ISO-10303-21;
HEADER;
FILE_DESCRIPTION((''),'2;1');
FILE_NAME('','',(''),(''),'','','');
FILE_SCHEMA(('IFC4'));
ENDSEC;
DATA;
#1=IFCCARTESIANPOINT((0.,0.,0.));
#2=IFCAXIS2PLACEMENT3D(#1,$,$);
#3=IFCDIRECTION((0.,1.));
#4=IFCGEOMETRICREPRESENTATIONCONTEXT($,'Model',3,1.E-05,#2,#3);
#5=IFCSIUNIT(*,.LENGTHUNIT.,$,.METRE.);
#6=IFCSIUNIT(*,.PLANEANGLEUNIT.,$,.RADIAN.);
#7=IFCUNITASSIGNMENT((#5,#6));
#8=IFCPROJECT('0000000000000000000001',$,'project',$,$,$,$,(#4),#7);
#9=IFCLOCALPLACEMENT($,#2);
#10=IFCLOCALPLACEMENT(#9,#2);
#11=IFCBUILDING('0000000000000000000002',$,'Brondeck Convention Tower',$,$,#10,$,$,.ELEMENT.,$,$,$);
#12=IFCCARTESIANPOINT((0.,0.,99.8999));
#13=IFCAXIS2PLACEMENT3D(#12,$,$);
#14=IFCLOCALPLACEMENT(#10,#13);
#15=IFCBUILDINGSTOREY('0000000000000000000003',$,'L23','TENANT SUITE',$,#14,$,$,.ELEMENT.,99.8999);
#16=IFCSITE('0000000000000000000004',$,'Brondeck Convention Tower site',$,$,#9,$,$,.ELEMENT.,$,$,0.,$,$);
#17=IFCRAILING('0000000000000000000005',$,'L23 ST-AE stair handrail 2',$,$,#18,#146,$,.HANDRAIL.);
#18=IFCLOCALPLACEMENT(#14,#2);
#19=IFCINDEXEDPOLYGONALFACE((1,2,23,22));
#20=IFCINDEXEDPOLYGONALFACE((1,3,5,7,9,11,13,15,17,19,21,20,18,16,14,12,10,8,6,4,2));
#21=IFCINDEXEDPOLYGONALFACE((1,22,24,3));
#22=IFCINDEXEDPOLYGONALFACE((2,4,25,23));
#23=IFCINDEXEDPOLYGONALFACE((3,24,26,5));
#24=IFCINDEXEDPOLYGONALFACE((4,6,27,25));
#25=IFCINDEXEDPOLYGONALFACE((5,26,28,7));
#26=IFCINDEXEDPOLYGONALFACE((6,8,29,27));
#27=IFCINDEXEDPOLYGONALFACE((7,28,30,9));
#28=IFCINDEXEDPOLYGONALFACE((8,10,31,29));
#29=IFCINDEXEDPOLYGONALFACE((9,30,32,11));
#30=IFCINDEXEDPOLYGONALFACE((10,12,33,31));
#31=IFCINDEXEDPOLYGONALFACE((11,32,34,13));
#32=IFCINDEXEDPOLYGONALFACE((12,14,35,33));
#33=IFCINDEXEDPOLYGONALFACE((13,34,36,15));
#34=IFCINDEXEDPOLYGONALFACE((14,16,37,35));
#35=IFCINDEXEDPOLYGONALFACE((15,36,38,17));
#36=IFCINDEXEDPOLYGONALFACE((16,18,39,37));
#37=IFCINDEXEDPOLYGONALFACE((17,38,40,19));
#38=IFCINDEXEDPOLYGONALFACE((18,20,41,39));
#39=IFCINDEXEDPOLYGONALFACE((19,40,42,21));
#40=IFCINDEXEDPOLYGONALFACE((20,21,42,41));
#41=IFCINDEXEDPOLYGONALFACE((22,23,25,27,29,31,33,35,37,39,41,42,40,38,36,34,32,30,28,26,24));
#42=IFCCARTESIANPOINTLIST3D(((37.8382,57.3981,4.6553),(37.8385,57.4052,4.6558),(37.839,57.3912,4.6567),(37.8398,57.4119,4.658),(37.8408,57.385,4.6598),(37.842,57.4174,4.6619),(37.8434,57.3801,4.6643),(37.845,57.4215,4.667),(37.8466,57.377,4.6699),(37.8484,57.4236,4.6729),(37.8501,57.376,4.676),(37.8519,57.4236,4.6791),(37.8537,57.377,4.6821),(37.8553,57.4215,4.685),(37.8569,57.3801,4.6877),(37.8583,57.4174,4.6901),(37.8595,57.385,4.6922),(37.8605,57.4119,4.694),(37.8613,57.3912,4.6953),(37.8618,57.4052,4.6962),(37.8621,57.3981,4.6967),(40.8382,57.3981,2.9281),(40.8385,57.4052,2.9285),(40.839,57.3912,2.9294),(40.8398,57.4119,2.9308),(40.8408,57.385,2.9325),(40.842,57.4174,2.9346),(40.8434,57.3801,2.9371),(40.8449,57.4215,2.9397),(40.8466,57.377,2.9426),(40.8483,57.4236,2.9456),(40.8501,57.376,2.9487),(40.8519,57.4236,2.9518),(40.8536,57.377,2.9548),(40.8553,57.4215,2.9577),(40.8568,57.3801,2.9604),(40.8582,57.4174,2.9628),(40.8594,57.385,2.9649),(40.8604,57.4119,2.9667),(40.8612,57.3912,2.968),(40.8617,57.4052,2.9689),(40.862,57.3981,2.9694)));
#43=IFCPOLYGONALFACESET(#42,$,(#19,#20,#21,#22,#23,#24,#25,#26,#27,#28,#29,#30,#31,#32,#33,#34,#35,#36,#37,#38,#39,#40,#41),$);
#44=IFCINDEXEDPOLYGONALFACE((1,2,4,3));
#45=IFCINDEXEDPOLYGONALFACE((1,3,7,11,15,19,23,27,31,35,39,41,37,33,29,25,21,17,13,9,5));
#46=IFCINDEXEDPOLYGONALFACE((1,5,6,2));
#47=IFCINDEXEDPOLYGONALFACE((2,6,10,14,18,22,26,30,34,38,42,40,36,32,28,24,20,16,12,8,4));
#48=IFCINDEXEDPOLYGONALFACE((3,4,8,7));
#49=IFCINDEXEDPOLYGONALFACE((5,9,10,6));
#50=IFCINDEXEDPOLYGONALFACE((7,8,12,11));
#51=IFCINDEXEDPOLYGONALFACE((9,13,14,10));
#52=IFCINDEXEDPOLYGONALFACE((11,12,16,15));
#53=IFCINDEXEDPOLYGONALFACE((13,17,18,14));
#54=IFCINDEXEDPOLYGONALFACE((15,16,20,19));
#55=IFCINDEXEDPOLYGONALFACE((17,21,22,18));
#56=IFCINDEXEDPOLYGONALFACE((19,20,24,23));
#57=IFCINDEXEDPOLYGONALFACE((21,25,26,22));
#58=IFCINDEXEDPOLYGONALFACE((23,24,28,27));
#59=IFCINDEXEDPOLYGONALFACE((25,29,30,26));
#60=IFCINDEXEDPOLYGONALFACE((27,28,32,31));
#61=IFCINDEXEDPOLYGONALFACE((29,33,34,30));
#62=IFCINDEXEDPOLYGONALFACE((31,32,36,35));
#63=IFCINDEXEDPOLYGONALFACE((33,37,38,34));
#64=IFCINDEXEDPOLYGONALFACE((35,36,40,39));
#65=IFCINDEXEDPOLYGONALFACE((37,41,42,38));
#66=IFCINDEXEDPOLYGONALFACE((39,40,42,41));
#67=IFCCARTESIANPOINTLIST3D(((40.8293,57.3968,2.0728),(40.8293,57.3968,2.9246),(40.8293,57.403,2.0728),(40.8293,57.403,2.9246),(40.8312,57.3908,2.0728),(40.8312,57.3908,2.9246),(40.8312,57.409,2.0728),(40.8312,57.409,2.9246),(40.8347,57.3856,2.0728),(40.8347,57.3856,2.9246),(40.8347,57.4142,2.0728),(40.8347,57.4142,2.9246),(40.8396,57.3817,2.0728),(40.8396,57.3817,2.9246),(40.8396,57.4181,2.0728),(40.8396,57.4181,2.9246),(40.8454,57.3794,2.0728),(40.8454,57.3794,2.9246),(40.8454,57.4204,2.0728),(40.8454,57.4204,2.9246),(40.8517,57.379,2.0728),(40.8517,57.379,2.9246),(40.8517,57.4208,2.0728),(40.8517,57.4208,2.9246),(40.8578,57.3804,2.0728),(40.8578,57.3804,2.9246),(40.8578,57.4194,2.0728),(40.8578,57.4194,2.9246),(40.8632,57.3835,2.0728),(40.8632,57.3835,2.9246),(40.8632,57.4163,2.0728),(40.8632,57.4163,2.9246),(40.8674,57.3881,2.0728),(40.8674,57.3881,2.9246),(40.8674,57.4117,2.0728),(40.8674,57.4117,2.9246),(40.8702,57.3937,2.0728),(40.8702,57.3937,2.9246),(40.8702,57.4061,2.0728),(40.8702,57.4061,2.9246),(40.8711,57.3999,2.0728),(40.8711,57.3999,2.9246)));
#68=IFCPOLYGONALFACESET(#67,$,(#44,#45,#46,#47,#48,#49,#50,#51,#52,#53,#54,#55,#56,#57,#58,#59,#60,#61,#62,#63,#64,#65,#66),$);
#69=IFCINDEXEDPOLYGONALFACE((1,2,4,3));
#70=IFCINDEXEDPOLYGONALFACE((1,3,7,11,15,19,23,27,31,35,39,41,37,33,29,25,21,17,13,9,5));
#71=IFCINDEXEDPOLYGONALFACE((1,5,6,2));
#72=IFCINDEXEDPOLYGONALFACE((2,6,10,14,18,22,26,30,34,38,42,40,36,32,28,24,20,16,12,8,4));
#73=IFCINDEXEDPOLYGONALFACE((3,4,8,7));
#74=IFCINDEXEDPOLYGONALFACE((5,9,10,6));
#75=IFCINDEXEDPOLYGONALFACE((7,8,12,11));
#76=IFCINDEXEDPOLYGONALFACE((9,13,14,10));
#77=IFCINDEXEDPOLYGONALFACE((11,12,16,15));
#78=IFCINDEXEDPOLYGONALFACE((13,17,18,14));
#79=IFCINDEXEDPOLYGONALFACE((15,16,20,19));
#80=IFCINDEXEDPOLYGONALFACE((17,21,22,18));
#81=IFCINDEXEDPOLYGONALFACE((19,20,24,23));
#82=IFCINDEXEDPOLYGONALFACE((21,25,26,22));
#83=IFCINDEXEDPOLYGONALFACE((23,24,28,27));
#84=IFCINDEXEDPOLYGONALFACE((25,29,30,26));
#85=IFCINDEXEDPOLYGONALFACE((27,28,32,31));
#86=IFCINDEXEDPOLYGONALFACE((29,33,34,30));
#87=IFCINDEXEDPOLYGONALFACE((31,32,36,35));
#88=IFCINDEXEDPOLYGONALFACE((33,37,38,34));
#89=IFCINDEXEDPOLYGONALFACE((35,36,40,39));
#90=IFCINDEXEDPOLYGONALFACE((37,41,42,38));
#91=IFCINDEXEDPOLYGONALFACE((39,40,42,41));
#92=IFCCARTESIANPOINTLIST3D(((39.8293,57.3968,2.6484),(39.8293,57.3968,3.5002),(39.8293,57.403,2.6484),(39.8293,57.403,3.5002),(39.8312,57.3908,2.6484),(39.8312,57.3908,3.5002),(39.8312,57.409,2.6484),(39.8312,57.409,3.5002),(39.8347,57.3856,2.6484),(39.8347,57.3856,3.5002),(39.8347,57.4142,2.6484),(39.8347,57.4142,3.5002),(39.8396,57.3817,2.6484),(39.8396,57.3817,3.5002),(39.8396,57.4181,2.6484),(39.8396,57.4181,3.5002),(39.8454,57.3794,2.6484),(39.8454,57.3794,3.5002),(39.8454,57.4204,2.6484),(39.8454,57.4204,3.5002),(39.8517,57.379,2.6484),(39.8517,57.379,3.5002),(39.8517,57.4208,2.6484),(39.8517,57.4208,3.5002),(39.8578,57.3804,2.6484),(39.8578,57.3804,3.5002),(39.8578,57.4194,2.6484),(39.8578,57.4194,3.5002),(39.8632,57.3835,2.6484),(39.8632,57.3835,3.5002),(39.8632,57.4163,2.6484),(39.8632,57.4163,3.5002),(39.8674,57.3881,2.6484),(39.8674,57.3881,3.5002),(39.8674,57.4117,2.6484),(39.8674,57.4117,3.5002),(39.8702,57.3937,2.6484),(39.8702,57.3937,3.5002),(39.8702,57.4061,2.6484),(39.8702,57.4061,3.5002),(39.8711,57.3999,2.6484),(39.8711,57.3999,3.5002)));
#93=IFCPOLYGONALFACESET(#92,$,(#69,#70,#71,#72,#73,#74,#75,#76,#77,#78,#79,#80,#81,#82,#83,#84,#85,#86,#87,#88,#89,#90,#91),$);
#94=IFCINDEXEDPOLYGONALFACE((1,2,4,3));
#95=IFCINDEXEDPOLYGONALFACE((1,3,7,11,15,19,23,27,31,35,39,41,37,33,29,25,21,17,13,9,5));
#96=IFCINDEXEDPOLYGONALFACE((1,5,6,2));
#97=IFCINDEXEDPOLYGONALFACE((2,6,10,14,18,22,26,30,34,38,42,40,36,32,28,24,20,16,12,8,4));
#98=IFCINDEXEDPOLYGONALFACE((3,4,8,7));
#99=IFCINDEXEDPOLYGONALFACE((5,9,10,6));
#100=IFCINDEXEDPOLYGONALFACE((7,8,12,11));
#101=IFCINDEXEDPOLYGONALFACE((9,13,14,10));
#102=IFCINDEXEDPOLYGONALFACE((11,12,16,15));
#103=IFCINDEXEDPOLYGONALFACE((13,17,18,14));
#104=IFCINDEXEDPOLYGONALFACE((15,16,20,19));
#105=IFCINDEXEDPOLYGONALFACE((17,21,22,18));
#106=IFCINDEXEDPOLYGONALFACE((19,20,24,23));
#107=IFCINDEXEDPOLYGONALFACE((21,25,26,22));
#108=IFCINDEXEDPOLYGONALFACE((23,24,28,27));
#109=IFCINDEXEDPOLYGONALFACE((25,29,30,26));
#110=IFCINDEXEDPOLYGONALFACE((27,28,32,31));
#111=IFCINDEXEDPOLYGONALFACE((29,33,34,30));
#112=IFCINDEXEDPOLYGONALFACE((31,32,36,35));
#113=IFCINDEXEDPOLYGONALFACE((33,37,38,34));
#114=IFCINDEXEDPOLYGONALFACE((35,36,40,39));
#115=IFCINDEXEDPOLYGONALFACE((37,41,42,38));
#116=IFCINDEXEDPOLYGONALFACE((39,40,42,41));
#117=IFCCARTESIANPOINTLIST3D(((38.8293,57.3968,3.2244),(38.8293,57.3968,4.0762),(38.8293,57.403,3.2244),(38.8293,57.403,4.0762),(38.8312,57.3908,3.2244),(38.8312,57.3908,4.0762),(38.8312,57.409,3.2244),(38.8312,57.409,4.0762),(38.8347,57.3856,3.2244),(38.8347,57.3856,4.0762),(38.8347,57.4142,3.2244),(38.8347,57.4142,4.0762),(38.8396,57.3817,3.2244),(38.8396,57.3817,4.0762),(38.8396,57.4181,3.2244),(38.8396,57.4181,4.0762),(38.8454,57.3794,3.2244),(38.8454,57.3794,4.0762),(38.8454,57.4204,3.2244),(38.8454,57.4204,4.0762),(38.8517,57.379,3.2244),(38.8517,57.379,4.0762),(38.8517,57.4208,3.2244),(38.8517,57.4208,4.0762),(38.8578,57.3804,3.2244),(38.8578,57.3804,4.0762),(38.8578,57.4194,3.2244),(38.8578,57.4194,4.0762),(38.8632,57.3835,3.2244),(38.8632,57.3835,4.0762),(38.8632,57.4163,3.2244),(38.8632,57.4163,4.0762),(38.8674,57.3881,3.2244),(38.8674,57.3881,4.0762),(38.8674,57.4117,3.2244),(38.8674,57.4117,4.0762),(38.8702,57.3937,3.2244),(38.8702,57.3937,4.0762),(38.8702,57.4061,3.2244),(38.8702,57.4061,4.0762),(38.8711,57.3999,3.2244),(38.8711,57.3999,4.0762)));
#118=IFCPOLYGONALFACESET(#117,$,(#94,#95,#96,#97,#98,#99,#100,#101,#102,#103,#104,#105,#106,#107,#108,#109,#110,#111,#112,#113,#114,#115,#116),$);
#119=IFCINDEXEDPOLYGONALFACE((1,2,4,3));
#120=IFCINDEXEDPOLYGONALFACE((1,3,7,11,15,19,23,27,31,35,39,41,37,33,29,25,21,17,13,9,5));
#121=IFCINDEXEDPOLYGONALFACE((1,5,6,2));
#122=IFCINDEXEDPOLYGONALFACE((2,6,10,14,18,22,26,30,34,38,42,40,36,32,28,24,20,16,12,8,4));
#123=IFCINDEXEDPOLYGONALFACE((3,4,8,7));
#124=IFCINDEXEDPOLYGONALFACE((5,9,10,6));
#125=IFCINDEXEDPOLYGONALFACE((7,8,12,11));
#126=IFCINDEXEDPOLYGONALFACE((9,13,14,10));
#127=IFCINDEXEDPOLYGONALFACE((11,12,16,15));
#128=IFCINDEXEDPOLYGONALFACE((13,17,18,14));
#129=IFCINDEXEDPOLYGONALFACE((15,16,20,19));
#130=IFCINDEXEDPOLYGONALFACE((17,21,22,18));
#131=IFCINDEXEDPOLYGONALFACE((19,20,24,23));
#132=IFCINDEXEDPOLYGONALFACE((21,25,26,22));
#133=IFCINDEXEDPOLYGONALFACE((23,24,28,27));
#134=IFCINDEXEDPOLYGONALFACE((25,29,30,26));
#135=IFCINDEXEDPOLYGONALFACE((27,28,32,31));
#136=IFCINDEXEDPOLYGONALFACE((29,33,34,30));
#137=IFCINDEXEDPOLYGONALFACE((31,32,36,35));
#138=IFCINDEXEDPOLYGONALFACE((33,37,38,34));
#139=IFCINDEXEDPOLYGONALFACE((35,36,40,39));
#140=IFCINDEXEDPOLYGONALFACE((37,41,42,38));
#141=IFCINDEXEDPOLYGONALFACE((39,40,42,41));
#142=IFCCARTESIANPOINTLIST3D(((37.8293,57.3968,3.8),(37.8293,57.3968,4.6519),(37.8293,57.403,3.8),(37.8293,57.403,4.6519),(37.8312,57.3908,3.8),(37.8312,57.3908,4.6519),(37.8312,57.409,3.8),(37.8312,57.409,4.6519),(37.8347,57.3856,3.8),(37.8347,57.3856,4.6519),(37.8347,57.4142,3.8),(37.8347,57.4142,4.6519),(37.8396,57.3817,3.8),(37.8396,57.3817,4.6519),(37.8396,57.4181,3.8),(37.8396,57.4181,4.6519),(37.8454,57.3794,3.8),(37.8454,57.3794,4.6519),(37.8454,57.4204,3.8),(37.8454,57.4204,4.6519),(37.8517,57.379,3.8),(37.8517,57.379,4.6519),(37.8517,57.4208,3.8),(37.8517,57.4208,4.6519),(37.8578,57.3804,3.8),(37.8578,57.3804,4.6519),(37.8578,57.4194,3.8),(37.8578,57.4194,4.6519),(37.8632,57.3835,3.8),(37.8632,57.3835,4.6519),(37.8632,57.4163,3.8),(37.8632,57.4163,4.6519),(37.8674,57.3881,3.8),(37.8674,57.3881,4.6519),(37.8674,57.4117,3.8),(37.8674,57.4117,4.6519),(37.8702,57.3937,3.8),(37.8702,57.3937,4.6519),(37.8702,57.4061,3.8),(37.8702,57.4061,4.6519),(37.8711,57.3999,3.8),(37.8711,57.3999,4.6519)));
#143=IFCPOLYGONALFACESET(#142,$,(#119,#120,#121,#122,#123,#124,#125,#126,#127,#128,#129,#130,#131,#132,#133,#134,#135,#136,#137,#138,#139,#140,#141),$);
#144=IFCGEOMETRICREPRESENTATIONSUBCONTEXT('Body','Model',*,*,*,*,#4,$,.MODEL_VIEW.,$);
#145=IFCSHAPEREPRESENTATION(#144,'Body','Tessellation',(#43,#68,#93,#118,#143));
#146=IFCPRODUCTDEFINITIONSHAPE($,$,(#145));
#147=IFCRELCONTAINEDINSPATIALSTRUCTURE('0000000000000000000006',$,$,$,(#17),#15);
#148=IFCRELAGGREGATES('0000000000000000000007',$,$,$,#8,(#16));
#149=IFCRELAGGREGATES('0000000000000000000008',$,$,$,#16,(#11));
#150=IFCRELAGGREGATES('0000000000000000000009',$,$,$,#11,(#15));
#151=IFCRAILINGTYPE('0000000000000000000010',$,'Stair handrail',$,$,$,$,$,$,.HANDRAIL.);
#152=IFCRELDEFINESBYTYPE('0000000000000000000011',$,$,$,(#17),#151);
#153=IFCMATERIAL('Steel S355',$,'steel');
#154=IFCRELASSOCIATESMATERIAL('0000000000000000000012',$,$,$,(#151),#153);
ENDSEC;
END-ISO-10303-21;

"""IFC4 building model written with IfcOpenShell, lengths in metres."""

from ifc_helpers import new_model, si_unit, direction, frame, origin, origin_2d, place, context, subcontext, project, spatial, circle, extrude, material, type_object, element, save


model = new_model("IFC4")

# Units and contexts
model_context = context("Model", 3, precision=1e-05, world=origin(), true_north=direction((0.0, 1.0)))
body_context = subcontext(model_context, "Body", "Model", "MODEL_VIEW")
ifc_project = project(units=[si_unit("LENGTHUNIT", "METRE"), si_unit("PLANEANGLEUNIT", "RADIAN")], contexts=[model_context])

# Site, building, storey
site_placement = place(None, origin())
site = spatial("IfcSite", under=ifc_project, at=site_placement, Name="Brondeck Convention Tower site", CompositionType="ELEMENT", RefElevation=0.0)
building_placement = place(site_placement, origin())
building = spatial("IfcBuilding", under=site, at=building_placement, Name="Brondeck Convention Tower", CompositionType="ELEMENT")
storey_placement = place(building_placement, frame((0.0, 0.0, 99.8999)))
storey = spatial("IfcBuildingStorey", under=building, at=storey_placement, Name="L23", Description="TENANT SUITE", CompositionType="ELEMENT", Elevation=99.8999)

# Shared definitions
ifc_material_1 = material(Name="Steel S355", Category="steel")

# Railing
railing_type_1 = type_object("IfcRailingType", Name="Stair handrail", PredefinedType="HANDRAIL", material=ifc_material_1)
railing_1_placement = place(storey_placement, frame((40.8501, 57.3999, 2.0728)))
element("IfcRailing", 1, at=railing_1_placement, inside=storey, type_object=railing_type_1, Name="L23 ST-AE stair handrail 2", PredefinedType="HANDRAIL", context=body_context, shape_type="SweptSolid", body=[
    extrude(circle(Radius=0.0239, at=origin_2d()), frame((0.0, 0.0, 0.876), z_axis=(-0.86662, 0.0, 0.498969), x_axis=(0.0, -1.0, 0.0)), (0.0, 0.0, 1.0), 3.4617),
    extrude(circle(Radius=0.021, at=origin_2d()), origin(), (0.0, 0.0, 1.0), 0.8518),
    extrude(circle(Radius=0.021, at=origin_2d()), frame((-1.0, 0.0, 0.5757)), (0.0, 0.0, 1.0), 0.8518),
    extrude(circle(Radius=0.021, at=origin_2d()), frame((-2.0, 0.0, 1.1516)), (0.0, 0.0, 1.0), 0.8518),
    extrude(circle(Radius=0.021, at=origin_2d()), frame((-3.0, 0.0, 1.7273)), (0.0, 0.0, 1.0), 0.8518),
])

save(model, "model.ifc")
